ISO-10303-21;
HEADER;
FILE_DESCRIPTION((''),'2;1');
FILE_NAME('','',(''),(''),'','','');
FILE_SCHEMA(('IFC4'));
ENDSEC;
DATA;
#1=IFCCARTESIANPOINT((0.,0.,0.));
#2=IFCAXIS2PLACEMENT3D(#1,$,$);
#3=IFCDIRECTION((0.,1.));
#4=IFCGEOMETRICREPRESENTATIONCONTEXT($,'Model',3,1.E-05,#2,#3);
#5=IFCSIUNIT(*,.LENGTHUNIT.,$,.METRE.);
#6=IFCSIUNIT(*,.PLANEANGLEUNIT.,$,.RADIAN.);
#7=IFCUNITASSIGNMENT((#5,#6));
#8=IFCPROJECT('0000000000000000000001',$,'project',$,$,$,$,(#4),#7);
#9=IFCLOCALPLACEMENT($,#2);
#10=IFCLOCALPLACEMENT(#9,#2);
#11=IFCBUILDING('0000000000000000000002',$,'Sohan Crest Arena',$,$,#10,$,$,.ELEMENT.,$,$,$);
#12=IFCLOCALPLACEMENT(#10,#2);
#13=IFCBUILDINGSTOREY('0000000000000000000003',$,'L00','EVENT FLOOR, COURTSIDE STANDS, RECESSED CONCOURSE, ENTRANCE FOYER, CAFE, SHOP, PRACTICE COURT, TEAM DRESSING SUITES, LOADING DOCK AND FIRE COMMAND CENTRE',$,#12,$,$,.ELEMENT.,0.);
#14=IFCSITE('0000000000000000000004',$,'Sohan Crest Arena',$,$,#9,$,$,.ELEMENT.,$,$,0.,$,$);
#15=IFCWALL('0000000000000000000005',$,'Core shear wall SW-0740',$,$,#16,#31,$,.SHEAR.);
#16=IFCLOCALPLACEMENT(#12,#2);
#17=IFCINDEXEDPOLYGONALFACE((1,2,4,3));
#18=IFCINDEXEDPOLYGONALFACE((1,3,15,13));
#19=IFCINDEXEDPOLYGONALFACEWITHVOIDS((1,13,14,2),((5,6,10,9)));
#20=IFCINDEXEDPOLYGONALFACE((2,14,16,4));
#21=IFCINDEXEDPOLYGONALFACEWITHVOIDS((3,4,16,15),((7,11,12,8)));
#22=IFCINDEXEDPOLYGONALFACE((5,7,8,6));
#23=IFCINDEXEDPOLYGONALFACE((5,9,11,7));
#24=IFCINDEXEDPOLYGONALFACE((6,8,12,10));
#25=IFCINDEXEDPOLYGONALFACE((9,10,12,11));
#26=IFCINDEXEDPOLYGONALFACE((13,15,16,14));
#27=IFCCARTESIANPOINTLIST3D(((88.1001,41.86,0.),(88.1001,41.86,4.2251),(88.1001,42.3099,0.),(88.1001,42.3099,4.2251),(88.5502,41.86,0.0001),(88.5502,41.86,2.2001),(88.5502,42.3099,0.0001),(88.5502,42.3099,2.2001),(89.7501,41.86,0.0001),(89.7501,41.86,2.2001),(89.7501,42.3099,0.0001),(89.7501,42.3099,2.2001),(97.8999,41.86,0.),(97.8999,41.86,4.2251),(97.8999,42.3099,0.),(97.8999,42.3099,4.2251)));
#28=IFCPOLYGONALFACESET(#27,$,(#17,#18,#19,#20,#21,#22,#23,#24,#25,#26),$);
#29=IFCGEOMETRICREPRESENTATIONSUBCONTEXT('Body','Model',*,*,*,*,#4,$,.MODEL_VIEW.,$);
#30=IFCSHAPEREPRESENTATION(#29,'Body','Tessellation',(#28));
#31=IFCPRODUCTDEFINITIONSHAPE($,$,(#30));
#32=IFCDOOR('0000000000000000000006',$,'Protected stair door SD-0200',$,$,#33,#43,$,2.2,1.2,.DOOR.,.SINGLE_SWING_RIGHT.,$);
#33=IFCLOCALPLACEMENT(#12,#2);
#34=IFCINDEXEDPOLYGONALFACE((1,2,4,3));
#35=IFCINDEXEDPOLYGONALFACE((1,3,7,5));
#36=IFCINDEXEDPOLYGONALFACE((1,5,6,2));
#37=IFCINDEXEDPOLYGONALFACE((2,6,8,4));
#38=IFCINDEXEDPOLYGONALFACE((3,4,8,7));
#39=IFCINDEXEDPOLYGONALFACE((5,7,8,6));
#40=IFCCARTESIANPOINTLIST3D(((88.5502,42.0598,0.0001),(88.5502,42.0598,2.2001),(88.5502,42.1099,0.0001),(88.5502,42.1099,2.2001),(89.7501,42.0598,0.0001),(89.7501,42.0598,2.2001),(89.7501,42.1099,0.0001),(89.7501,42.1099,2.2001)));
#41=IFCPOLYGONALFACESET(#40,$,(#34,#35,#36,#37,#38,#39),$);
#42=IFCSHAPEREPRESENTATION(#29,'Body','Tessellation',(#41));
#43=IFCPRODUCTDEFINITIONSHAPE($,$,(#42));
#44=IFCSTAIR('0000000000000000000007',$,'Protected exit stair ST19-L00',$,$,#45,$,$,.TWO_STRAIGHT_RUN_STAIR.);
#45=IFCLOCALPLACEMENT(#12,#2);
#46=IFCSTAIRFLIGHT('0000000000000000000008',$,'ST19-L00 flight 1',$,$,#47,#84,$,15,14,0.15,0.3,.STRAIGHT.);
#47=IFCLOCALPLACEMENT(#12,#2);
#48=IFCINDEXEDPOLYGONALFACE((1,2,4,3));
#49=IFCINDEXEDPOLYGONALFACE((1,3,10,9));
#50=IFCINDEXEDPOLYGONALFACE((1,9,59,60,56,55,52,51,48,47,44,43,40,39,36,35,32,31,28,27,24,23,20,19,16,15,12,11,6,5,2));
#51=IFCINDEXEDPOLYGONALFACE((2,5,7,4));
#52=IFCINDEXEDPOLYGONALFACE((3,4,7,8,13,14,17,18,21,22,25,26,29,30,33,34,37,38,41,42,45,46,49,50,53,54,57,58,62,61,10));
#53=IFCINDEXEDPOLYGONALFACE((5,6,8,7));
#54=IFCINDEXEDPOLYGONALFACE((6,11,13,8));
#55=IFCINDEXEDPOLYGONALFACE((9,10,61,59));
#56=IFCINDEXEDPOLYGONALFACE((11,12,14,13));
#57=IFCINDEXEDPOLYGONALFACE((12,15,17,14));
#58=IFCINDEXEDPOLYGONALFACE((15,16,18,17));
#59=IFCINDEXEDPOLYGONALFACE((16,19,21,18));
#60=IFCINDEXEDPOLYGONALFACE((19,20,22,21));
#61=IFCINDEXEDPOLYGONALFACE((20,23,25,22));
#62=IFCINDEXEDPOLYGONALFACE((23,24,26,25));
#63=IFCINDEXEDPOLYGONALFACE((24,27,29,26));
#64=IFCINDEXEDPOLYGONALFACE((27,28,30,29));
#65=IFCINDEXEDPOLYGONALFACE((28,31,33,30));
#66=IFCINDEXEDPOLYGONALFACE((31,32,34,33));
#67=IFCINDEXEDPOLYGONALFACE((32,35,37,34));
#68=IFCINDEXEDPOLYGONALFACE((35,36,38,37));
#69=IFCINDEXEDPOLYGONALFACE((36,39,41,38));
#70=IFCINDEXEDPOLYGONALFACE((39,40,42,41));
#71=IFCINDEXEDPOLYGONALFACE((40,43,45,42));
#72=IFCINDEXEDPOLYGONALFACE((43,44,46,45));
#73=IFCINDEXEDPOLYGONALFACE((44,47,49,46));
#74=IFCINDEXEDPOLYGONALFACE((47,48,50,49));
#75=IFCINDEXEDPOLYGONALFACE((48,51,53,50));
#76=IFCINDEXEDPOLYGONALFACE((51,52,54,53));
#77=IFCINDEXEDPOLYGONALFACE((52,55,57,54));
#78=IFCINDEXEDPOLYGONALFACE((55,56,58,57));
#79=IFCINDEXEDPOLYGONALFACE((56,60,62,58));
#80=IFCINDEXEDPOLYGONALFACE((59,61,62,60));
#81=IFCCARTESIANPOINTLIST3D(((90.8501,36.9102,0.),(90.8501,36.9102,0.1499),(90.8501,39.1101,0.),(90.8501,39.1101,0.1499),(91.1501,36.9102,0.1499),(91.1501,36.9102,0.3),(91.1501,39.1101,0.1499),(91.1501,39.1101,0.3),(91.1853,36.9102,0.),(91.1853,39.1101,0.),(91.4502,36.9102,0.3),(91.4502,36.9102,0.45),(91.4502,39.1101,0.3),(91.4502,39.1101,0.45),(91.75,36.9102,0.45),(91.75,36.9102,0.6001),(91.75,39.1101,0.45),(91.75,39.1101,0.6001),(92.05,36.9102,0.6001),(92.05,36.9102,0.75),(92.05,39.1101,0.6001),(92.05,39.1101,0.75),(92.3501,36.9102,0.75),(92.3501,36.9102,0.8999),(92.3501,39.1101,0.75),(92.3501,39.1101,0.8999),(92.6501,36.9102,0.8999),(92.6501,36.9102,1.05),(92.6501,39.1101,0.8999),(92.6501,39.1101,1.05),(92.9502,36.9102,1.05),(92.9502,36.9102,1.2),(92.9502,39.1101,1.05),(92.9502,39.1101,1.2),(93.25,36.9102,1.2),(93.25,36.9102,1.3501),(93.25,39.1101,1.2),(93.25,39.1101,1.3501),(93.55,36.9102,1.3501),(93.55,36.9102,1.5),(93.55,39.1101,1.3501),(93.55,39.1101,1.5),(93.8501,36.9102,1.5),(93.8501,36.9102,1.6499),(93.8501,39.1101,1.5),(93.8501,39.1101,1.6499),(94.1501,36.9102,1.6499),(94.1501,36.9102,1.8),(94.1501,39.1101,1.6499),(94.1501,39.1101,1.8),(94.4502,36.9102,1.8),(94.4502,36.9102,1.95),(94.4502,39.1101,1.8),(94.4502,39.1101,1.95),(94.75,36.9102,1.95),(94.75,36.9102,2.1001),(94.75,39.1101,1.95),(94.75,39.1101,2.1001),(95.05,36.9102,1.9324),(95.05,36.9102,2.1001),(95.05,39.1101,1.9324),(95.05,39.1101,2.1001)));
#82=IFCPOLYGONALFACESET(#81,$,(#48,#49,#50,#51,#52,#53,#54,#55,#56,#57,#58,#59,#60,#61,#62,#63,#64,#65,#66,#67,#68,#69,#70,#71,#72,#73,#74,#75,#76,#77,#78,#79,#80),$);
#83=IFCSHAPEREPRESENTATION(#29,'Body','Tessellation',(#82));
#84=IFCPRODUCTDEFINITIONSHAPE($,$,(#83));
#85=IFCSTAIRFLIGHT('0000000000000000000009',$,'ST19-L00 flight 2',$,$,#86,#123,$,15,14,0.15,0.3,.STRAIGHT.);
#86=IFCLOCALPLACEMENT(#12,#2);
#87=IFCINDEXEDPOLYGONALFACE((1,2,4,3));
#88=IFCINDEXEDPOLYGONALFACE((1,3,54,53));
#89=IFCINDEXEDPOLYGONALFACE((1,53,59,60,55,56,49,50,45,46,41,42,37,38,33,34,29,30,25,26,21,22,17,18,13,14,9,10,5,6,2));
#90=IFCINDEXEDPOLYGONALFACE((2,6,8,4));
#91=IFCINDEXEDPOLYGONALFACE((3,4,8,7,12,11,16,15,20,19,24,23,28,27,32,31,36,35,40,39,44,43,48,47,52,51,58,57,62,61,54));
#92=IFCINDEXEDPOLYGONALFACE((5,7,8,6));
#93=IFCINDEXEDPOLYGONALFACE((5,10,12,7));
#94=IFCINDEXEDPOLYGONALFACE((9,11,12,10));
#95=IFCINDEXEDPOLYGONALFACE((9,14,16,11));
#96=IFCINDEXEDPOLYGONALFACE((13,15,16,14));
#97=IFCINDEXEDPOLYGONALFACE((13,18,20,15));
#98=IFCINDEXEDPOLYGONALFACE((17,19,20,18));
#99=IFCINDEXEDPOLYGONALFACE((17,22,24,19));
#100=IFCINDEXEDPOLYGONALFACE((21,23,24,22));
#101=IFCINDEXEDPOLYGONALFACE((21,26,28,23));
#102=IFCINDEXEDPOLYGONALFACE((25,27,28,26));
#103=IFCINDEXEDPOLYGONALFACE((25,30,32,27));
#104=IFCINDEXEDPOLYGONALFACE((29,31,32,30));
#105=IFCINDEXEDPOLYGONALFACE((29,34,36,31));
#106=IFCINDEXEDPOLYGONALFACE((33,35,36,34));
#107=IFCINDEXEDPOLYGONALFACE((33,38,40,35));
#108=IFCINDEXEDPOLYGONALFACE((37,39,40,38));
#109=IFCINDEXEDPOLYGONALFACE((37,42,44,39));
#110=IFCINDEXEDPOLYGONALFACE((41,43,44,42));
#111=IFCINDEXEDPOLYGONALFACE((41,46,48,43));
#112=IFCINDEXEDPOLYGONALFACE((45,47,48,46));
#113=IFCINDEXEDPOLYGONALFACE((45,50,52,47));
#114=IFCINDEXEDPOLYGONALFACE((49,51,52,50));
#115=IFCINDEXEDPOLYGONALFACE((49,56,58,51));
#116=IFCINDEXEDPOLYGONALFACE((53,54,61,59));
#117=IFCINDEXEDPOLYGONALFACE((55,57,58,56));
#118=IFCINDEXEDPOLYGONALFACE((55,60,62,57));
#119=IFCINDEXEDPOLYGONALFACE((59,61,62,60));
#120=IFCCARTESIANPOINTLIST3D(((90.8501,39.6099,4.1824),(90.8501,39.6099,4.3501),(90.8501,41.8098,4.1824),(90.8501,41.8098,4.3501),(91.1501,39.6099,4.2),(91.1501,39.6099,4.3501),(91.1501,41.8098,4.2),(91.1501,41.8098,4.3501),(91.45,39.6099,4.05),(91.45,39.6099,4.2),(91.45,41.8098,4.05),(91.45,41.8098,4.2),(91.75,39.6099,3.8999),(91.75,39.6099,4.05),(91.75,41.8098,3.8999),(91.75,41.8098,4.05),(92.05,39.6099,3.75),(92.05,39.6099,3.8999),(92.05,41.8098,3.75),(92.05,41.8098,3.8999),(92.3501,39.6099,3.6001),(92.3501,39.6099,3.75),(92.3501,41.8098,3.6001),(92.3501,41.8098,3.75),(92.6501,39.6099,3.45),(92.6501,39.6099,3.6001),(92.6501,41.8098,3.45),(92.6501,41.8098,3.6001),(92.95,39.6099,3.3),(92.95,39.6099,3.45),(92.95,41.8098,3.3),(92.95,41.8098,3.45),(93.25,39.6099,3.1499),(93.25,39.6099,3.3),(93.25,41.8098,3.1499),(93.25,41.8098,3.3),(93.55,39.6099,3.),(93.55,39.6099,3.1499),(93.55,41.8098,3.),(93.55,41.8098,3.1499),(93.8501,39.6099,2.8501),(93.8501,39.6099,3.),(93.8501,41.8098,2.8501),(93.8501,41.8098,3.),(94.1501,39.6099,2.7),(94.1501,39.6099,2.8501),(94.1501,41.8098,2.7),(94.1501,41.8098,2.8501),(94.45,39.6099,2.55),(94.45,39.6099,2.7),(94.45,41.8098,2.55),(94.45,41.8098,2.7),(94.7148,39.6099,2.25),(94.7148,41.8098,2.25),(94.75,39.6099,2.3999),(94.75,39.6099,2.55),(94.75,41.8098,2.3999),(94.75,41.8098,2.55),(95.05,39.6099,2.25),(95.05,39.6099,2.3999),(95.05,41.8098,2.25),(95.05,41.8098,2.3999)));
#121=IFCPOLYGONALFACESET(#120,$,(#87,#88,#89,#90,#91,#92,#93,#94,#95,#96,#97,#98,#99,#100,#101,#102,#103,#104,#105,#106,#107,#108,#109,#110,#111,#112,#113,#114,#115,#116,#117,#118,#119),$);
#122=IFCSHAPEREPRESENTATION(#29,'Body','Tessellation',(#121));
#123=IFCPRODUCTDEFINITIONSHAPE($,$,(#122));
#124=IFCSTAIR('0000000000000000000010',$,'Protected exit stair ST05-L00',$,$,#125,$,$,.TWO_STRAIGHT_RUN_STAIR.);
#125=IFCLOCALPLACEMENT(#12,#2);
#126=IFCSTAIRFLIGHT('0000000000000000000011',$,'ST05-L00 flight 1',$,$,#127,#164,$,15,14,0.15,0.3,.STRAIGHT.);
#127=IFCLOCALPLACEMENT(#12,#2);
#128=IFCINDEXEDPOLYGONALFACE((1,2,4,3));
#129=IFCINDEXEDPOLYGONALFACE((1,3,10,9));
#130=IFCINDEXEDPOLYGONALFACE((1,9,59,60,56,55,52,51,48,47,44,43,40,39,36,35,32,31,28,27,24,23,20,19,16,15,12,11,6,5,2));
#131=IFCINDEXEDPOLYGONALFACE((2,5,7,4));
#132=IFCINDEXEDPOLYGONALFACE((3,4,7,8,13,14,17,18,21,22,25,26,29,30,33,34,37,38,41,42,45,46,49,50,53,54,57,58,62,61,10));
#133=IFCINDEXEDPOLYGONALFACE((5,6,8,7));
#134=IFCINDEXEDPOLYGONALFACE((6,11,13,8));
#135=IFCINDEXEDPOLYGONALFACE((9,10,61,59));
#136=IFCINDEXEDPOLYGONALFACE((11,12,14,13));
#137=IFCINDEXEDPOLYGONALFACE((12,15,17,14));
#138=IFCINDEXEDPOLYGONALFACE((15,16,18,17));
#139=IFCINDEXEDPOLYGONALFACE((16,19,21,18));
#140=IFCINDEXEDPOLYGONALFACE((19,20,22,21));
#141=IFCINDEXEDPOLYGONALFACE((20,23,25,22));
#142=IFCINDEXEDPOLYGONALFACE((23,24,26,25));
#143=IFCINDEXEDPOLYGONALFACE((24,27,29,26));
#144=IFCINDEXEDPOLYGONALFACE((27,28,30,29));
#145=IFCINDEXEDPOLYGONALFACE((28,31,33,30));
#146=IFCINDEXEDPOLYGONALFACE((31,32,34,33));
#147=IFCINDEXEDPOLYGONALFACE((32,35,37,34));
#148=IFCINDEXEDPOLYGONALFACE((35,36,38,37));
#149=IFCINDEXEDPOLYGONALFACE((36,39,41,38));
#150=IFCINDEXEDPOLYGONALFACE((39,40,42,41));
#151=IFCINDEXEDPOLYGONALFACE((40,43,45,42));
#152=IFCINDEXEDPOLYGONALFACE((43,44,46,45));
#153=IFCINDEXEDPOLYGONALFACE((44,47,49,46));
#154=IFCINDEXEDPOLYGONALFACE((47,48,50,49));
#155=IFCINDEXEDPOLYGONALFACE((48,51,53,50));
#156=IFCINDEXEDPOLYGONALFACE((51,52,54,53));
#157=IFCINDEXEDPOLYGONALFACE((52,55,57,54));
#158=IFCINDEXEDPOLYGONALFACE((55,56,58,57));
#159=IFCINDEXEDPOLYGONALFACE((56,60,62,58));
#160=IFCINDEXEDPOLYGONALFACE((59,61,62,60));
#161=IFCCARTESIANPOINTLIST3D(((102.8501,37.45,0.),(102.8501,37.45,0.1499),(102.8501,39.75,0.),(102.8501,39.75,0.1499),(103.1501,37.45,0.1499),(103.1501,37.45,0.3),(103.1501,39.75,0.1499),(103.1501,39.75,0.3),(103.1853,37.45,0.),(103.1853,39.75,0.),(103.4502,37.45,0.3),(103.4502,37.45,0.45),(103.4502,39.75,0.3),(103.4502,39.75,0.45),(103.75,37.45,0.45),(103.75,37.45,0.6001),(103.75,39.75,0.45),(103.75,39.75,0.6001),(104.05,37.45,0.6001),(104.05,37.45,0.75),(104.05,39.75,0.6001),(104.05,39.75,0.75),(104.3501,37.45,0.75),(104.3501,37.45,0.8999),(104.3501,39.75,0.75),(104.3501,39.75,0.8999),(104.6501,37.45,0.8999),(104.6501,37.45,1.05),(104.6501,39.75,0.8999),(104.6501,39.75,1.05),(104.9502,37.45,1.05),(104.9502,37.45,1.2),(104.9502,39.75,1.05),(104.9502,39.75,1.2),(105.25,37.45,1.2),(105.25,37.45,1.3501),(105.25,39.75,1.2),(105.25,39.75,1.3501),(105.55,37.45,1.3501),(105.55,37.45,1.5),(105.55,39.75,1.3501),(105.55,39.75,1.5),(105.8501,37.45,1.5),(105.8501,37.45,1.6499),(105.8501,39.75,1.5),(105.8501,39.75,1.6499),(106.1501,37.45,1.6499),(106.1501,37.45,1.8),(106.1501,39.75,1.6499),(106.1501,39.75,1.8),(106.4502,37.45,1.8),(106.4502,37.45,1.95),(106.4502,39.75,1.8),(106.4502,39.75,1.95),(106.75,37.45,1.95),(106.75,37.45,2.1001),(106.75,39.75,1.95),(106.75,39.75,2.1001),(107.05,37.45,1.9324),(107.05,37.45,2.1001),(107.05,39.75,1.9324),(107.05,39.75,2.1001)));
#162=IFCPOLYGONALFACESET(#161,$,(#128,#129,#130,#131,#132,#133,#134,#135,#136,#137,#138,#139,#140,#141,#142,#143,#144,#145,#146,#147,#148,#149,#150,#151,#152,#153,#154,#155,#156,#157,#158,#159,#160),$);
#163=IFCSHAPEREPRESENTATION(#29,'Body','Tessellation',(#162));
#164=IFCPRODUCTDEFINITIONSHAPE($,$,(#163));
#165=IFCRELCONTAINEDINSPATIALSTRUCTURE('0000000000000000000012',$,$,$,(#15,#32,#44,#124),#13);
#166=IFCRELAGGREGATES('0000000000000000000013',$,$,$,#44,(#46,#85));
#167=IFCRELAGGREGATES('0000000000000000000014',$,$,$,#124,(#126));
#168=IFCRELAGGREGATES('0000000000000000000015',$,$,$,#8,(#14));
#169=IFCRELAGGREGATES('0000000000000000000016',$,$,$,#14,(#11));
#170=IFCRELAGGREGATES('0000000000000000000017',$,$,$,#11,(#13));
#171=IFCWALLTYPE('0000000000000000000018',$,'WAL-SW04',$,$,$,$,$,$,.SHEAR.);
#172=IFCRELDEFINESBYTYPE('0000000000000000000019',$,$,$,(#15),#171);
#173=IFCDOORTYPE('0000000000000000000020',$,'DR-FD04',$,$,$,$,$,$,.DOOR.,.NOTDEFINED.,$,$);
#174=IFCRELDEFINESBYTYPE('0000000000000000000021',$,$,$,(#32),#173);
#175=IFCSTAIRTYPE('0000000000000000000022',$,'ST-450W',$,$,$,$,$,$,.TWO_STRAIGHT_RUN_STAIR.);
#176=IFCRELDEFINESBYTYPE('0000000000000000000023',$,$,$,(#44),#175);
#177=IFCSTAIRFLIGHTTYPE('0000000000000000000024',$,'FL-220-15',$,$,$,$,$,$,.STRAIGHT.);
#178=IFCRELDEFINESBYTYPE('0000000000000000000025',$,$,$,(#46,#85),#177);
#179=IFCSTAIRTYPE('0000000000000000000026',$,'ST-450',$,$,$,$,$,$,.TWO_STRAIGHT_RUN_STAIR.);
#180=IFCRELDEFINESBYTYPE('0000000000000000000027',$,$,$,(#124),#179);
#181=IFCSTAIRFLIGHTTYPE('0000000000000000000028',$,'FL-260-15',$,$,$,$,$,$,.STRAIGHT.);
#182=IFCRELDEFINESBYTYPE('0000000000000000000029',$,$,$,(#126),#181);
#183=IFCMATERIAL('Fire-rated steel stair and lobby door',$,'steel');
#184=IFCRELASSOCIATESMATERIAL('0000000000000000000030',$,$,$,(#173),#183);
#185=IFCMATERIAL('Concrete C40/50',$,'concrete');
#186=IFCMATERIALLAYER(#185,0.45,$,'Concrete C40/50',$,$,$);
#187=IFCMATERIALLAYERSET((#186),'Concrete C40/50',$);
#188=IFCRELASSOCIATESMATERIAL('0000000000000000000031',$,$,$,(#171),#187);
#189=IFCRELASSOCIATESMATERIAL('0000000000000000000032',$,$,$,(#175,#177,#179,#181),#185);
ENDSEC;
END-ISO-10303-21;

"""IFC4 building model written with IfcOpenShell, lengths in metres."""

from ifc_helpers import new_model, si_unit, direction, frame, frame_2d, origin, place, context, subcontext, project, spatial, polyline, rectangle, outline, extrude, material, layer, layer_set, type_object, element, fill, aggregate, save


model = new_model("IFC4")

# Units and contexts
model_context = context("Model", 3, precision=1e-05, world=origin(), true_north=direction((0.0, 1.0)))
body_context = subcontext(model_context, "Body", "Model", "MODEL_VIEW")
ifc_project = project(units=[si_unit("LENGTHUNIT", "METRE"), si_unit("PLANEANGLEUNIT", "RADIAN")], contexts=[model_context])

# Site, building, storey
site_placement = place(None, origin())
site = spatial("IfcSite", under=ifc_project, at=site_placement, Name="Sohan Crest Arena", CompositionType="ELEMENT", RefElevation=0.0)
building_placement = place(site_placement, origin())
building = spatial("IfcBuilding", under=site, at=building_placement, Name="Sohan Crest Arena", CompositionType="ELEMENT")
storey_placement = place(building_placement, origin())
storey = spatial("IfcBuildingStorey", under=building, at=storey_placement, Name="L00", Description="EVENT FLOOR, COURTSIDE STANDS, RECESSED CONCOURSE, ENTRANCE FOYER, CAFE, SHOP, PRACTICE COURT, TEAM DRESSING SUITES, LOADING DOCK AND FIRE COMMAND CENTRE", CompositionType="ELEMENT", Elevation=0.0)

# Shared definitions
ifc_material_1 = material(Name="Concrete C40/50", Category="concrete")

# Shared definitions
ifc_material_2 = material(Name="Fire-rated steel stair and lobby door", Category="steel")
door_type_1 = type_object("IfcDoorType", Name="DR-FD04", OperationType="NOTDEFINED", PredefinedType="DOOR", material=ifc_material_2)

# Shared definitions
ifc_layer_1 = layer(ifc_material_1, 0.45, Name="Concrete C40/50")
ifc_layer_set_1 = layer_set([ifc_layer_1], Name="Concrete C40/50")
wall_type_1 = type_object("IfcWallType", Name="WAL-SW04", PredefinedType="SHEAR", material=ifc_layer_set_1)

# Wall, opening, door
wall_1_placement = place(storey_placement, frame((88.1001, 42.085, 0.0), z_axis=(0.0, 0.0, 1.0), x_axis=(1.0, 0.0, 0.0)))
wall_1 = element("IfcWall", 1, at=wall_1_placement, inside=storey, type_object=wall_type_1, Name="Core shear wall SW-0740", PredefinedType="SHEAR", context=body_context, shape_type="SweptSolid", body=[
    extrude(rectangle(XDim=9.7998, YDim=0.45, at=frame_2d((4.8999, 0.0))), origin(), (0.0, 0.0, 1.0), 4.2251),
])
opening_1_placement = place(wall_1_placement, frame((0.45, 0.0, 0.0)))
opening_1 = element("IfcOpeningElement", 2, at=opening_1_placement, cuts=wall_1, PredefinedType="OPENING", context=body_context, shape_type="SweptSolid", body=[
    extrude(rectangle(XDim=1.2, YDim=2.2, at=frame_2d((0.6001, 1.1001))), frame((0.0, 0.2349, 0.0), z_axis=(0.0, -1.0, 0.0), x_axis=(1.0, 0.0, 0.0)), (0.0, 0.0, 1.0), 0.47),
])
door_1_placement = place(opening_1_placement, origin())
door_1 = element("IfcDoor", 3, at=door_1_placement, inside=storey, type_object=door_type_1, Name="Protected stair door SD-0200", OperationType="SINGLE_SWING_RIGHT", OverallHeight=2.2, OverallWidth=1.2, PredefinedType="DOOR", context=body_context, shape_type="SweptSolid", body=[
    extrude(rectangle(XDim=1.2, YDim=2.2, at=frame_2d((0.6001, 1.1001))), frame((0.0, 0.0249, 0.0), z_axis=(0.0, -1.0, 0.0), x_axis=(1.0, 0.0, 0.0)), (0.0, 0.0, 1.0), 0.05),
])
fill(opening_1, door_1)

# Stairs, stair flights
stair_type_1 = type_object("IfcStairType", Name="ST-450W", PredefinedType="TWO_STRAIGHT_RUN_STAIR", material=ifc_material_1)
stair_1_placement = place(storey_placement, origin())
stair_1 = element("IfcStair", 4, at=stair_1_placement, inside=storey, type_object=stair_type_1, Name="Protected exit stair ST19-L00", PredefinedType="TWO_STRAIGHT_RUN_STAIR")
stair_flight_type_1 = type_object("IfcStairFlightType", Name="FL-220-15", PredefinedType="STRAIGHT", material=ifc_material_1)
stair_flight_1_placement = place(storey_placement, frame((90.8501, 38.01, 0.0), z_axis=(0.0, 0.0, 1.0), x_axis=(1.0, 0.0, 0.0)))
stair_flight_1 = element("IfcStairFlight", 5, at=stair_flight_1_placement, type_object=stair_flight_type_1, Name="ST19-L00 flight 1", NumberOfRisers=15, NumberOfTreads=14, PredefinedType="STRAIGHT", RiserHeight=0.15, TreadLength=0.3, context=body_context, shape_type="SweptSolid", body=[
    extrude(outline(polyline([(0.0, 0.0), (0.0, 0.1499), (0.3, 0.1499), (0.3, 0.3), (0.6001, 0.3), (0.6001, 0.45), (0.8999, 0.45), (0.8999, 0.6001), (1.2, 0.6001), (1.2, 0.75), (1.5, 0.75), (1.5, 0.8999), (1.8, 0.8999), (1.8, 1.05), (2.1001, 1.05), (2.1001, 1.2), (2.3999, 1.2), (2.3999, 1.3501), (2.7, 1.3501), (2.7, 1.5), (3.0, 1.5), (3.0, 1.6499), (3.3, 1.6499), (3.3, 1.8), (3.6001, 1.8), (3.6001, 1.95), (3.8999, 1.95), (3.8999, 2.1001), (4.2, 2.1001), (4.2, 2.25), (4.2, 1.9324), (0.3352, 0.0), (0.0, 0.0)])), frame((0.0, 1.1001, 0.0), z_axis=(0.0, -1.0, 0.0), x_axis=(1.0, 0.0, 0.0)), (0.0, 0.0, 1.0), 2.2),
])
stair_flight_2_placement = place(storey_placement, frame((95.05, 40.71, 2.25), z_axis=(0.0, 0.0, 1.0), x_axis=(-1.0, 0.0, 0.0)))
stair_flight_2 = element("IfcStairFlight", 6, at=stair_flight_2_placement, type_object=stair_flight_type_1, Name="ST19-L00 flight 2", NumberOfRisers=15, NumberOfTreads=14, PredefinedType="STRAIGHT", RiserHeight=0.15, TreadLength=0.3, context=body_context, shape_type="SweptSolid", body=[
    extrude(outline(polyline([(0.0, 0.0), (0.0, 0.1499), (0.3, 0.1499), (0.3, 0.3), (0.6001, 0.3), (0.6001, 0.45), (0.8999, 0.45), (0.8999, 0.6001), (1.2, 0.6001), (1.2, 0.75), (1.5, 0.75), (1.5, 0.8999), (1.8, 0.8999), (1.8, 1.05), (2.1001, 1.05), (2.1001, 1.2), (2.3999, 1.2), (2.3999, 1.3501), (2.7, 1.3501), (2.7, 1.5), (3.0, 1.5), (3.0, 1.6499), (3.3, 1.6499), (3.3, 1.8), (3.6001, 1.8), (3.6001, 1.95), (3.8999, 1.95), (3.8999, 2.1001), (4.2, 2.1001), (4.2, 2.25), (4.2, 1.9324), (0.3352, 0.0), (0.0, 0.0)])), frame((0.0, 1.1001, 0.0), z_axis=(0.0, -1.0, 0.0), x_axis=(1.0, 0.0, 0.0)), (0.0, 0.0, 1.0), 2.2),
])
aggregate(stair_1, [stair_flight_1, stair_flight_2])
stair_type_2 = type_object("IfcStairType", Name="ST-450", PredefinedType="TWO_STRAIGHT_RUN_STAIR", material=ifc_material_1)
stair_2_placement = place(storey_placement, origin())
stair_2 = element("IfcStair", 7, at=stair_2_placement, inside=storey, type_object=stair_type_2, Name="Protected exit stair ST05-L00", PredefinedType="TWO_STRAIGHT_RUN_STAIR")
stair_flight_type_2 = type_object("IfcStairFlightType", Name="FL-260-15", PredefinedType="STRAIGHT", material=ifc_material_1)
stair_flight_3_placement = place(storey_placement, frame((102.8501, 38.6001, 0.0), z_axis=(0.0, 0.0, 1.0), x_axis=(1.0, 0.0, 0.0)))
stair_flight_3 = element("IfcStairFlight", 8, at=stair_flight_3_placement, type_object=stair_flight_type_2, Name="ST05-L00 flight 1", NumberOfRisers=15, NumberOfTreads=14, PredefinedType="STRAIGHT", RiserHeight=0.15, TreadLength=0.3, context=body_context, shape_type="SweptSolid", body=[
    extrude(outline(polyline([(0.0, 0.0), (0.0, 0.1499), (0.3, 0.1499), (0.3, 0.3), (0.6001, 0.3), (0.6001, 0.45), (0.8999, 0.45), (0.8999, 0.6001), (1.2, 0.6001), (1.2, 0.75), (1.5, 0.75), (1.5, 0.8999), (1.8, 0.8999), (1.8, 1.05), (2.1001, 1.05), (2.1001, 1.2), (2.3999, 1.2), (2.3999, 1.3501), (2.7, 1.3501), (2.7, 1.5), (3.0, 1.5), (3.0, 1.6499), (3.3, 1.6499), (3.3, 1.8), (3.6001, 1.8), (3.6001, 1.95), (3.8999, 1.95), (3.8999, 2.1001), (4.2, 2.1001), (4.2, 2.25), (4.2, 1.9324), (0.3352, 0.0), (0.0, 0.0)])), frame((0.0, 1.1499, 0.0), z_axis=(0.0, -1.0, 0.0), x_axis=(1.0, 0.0, 0.0)), (0.0, 0.0, 1.0), 2.3),
])
aggregate(stair_2, [stair_flight_3])

save(model, "model.ifc")
